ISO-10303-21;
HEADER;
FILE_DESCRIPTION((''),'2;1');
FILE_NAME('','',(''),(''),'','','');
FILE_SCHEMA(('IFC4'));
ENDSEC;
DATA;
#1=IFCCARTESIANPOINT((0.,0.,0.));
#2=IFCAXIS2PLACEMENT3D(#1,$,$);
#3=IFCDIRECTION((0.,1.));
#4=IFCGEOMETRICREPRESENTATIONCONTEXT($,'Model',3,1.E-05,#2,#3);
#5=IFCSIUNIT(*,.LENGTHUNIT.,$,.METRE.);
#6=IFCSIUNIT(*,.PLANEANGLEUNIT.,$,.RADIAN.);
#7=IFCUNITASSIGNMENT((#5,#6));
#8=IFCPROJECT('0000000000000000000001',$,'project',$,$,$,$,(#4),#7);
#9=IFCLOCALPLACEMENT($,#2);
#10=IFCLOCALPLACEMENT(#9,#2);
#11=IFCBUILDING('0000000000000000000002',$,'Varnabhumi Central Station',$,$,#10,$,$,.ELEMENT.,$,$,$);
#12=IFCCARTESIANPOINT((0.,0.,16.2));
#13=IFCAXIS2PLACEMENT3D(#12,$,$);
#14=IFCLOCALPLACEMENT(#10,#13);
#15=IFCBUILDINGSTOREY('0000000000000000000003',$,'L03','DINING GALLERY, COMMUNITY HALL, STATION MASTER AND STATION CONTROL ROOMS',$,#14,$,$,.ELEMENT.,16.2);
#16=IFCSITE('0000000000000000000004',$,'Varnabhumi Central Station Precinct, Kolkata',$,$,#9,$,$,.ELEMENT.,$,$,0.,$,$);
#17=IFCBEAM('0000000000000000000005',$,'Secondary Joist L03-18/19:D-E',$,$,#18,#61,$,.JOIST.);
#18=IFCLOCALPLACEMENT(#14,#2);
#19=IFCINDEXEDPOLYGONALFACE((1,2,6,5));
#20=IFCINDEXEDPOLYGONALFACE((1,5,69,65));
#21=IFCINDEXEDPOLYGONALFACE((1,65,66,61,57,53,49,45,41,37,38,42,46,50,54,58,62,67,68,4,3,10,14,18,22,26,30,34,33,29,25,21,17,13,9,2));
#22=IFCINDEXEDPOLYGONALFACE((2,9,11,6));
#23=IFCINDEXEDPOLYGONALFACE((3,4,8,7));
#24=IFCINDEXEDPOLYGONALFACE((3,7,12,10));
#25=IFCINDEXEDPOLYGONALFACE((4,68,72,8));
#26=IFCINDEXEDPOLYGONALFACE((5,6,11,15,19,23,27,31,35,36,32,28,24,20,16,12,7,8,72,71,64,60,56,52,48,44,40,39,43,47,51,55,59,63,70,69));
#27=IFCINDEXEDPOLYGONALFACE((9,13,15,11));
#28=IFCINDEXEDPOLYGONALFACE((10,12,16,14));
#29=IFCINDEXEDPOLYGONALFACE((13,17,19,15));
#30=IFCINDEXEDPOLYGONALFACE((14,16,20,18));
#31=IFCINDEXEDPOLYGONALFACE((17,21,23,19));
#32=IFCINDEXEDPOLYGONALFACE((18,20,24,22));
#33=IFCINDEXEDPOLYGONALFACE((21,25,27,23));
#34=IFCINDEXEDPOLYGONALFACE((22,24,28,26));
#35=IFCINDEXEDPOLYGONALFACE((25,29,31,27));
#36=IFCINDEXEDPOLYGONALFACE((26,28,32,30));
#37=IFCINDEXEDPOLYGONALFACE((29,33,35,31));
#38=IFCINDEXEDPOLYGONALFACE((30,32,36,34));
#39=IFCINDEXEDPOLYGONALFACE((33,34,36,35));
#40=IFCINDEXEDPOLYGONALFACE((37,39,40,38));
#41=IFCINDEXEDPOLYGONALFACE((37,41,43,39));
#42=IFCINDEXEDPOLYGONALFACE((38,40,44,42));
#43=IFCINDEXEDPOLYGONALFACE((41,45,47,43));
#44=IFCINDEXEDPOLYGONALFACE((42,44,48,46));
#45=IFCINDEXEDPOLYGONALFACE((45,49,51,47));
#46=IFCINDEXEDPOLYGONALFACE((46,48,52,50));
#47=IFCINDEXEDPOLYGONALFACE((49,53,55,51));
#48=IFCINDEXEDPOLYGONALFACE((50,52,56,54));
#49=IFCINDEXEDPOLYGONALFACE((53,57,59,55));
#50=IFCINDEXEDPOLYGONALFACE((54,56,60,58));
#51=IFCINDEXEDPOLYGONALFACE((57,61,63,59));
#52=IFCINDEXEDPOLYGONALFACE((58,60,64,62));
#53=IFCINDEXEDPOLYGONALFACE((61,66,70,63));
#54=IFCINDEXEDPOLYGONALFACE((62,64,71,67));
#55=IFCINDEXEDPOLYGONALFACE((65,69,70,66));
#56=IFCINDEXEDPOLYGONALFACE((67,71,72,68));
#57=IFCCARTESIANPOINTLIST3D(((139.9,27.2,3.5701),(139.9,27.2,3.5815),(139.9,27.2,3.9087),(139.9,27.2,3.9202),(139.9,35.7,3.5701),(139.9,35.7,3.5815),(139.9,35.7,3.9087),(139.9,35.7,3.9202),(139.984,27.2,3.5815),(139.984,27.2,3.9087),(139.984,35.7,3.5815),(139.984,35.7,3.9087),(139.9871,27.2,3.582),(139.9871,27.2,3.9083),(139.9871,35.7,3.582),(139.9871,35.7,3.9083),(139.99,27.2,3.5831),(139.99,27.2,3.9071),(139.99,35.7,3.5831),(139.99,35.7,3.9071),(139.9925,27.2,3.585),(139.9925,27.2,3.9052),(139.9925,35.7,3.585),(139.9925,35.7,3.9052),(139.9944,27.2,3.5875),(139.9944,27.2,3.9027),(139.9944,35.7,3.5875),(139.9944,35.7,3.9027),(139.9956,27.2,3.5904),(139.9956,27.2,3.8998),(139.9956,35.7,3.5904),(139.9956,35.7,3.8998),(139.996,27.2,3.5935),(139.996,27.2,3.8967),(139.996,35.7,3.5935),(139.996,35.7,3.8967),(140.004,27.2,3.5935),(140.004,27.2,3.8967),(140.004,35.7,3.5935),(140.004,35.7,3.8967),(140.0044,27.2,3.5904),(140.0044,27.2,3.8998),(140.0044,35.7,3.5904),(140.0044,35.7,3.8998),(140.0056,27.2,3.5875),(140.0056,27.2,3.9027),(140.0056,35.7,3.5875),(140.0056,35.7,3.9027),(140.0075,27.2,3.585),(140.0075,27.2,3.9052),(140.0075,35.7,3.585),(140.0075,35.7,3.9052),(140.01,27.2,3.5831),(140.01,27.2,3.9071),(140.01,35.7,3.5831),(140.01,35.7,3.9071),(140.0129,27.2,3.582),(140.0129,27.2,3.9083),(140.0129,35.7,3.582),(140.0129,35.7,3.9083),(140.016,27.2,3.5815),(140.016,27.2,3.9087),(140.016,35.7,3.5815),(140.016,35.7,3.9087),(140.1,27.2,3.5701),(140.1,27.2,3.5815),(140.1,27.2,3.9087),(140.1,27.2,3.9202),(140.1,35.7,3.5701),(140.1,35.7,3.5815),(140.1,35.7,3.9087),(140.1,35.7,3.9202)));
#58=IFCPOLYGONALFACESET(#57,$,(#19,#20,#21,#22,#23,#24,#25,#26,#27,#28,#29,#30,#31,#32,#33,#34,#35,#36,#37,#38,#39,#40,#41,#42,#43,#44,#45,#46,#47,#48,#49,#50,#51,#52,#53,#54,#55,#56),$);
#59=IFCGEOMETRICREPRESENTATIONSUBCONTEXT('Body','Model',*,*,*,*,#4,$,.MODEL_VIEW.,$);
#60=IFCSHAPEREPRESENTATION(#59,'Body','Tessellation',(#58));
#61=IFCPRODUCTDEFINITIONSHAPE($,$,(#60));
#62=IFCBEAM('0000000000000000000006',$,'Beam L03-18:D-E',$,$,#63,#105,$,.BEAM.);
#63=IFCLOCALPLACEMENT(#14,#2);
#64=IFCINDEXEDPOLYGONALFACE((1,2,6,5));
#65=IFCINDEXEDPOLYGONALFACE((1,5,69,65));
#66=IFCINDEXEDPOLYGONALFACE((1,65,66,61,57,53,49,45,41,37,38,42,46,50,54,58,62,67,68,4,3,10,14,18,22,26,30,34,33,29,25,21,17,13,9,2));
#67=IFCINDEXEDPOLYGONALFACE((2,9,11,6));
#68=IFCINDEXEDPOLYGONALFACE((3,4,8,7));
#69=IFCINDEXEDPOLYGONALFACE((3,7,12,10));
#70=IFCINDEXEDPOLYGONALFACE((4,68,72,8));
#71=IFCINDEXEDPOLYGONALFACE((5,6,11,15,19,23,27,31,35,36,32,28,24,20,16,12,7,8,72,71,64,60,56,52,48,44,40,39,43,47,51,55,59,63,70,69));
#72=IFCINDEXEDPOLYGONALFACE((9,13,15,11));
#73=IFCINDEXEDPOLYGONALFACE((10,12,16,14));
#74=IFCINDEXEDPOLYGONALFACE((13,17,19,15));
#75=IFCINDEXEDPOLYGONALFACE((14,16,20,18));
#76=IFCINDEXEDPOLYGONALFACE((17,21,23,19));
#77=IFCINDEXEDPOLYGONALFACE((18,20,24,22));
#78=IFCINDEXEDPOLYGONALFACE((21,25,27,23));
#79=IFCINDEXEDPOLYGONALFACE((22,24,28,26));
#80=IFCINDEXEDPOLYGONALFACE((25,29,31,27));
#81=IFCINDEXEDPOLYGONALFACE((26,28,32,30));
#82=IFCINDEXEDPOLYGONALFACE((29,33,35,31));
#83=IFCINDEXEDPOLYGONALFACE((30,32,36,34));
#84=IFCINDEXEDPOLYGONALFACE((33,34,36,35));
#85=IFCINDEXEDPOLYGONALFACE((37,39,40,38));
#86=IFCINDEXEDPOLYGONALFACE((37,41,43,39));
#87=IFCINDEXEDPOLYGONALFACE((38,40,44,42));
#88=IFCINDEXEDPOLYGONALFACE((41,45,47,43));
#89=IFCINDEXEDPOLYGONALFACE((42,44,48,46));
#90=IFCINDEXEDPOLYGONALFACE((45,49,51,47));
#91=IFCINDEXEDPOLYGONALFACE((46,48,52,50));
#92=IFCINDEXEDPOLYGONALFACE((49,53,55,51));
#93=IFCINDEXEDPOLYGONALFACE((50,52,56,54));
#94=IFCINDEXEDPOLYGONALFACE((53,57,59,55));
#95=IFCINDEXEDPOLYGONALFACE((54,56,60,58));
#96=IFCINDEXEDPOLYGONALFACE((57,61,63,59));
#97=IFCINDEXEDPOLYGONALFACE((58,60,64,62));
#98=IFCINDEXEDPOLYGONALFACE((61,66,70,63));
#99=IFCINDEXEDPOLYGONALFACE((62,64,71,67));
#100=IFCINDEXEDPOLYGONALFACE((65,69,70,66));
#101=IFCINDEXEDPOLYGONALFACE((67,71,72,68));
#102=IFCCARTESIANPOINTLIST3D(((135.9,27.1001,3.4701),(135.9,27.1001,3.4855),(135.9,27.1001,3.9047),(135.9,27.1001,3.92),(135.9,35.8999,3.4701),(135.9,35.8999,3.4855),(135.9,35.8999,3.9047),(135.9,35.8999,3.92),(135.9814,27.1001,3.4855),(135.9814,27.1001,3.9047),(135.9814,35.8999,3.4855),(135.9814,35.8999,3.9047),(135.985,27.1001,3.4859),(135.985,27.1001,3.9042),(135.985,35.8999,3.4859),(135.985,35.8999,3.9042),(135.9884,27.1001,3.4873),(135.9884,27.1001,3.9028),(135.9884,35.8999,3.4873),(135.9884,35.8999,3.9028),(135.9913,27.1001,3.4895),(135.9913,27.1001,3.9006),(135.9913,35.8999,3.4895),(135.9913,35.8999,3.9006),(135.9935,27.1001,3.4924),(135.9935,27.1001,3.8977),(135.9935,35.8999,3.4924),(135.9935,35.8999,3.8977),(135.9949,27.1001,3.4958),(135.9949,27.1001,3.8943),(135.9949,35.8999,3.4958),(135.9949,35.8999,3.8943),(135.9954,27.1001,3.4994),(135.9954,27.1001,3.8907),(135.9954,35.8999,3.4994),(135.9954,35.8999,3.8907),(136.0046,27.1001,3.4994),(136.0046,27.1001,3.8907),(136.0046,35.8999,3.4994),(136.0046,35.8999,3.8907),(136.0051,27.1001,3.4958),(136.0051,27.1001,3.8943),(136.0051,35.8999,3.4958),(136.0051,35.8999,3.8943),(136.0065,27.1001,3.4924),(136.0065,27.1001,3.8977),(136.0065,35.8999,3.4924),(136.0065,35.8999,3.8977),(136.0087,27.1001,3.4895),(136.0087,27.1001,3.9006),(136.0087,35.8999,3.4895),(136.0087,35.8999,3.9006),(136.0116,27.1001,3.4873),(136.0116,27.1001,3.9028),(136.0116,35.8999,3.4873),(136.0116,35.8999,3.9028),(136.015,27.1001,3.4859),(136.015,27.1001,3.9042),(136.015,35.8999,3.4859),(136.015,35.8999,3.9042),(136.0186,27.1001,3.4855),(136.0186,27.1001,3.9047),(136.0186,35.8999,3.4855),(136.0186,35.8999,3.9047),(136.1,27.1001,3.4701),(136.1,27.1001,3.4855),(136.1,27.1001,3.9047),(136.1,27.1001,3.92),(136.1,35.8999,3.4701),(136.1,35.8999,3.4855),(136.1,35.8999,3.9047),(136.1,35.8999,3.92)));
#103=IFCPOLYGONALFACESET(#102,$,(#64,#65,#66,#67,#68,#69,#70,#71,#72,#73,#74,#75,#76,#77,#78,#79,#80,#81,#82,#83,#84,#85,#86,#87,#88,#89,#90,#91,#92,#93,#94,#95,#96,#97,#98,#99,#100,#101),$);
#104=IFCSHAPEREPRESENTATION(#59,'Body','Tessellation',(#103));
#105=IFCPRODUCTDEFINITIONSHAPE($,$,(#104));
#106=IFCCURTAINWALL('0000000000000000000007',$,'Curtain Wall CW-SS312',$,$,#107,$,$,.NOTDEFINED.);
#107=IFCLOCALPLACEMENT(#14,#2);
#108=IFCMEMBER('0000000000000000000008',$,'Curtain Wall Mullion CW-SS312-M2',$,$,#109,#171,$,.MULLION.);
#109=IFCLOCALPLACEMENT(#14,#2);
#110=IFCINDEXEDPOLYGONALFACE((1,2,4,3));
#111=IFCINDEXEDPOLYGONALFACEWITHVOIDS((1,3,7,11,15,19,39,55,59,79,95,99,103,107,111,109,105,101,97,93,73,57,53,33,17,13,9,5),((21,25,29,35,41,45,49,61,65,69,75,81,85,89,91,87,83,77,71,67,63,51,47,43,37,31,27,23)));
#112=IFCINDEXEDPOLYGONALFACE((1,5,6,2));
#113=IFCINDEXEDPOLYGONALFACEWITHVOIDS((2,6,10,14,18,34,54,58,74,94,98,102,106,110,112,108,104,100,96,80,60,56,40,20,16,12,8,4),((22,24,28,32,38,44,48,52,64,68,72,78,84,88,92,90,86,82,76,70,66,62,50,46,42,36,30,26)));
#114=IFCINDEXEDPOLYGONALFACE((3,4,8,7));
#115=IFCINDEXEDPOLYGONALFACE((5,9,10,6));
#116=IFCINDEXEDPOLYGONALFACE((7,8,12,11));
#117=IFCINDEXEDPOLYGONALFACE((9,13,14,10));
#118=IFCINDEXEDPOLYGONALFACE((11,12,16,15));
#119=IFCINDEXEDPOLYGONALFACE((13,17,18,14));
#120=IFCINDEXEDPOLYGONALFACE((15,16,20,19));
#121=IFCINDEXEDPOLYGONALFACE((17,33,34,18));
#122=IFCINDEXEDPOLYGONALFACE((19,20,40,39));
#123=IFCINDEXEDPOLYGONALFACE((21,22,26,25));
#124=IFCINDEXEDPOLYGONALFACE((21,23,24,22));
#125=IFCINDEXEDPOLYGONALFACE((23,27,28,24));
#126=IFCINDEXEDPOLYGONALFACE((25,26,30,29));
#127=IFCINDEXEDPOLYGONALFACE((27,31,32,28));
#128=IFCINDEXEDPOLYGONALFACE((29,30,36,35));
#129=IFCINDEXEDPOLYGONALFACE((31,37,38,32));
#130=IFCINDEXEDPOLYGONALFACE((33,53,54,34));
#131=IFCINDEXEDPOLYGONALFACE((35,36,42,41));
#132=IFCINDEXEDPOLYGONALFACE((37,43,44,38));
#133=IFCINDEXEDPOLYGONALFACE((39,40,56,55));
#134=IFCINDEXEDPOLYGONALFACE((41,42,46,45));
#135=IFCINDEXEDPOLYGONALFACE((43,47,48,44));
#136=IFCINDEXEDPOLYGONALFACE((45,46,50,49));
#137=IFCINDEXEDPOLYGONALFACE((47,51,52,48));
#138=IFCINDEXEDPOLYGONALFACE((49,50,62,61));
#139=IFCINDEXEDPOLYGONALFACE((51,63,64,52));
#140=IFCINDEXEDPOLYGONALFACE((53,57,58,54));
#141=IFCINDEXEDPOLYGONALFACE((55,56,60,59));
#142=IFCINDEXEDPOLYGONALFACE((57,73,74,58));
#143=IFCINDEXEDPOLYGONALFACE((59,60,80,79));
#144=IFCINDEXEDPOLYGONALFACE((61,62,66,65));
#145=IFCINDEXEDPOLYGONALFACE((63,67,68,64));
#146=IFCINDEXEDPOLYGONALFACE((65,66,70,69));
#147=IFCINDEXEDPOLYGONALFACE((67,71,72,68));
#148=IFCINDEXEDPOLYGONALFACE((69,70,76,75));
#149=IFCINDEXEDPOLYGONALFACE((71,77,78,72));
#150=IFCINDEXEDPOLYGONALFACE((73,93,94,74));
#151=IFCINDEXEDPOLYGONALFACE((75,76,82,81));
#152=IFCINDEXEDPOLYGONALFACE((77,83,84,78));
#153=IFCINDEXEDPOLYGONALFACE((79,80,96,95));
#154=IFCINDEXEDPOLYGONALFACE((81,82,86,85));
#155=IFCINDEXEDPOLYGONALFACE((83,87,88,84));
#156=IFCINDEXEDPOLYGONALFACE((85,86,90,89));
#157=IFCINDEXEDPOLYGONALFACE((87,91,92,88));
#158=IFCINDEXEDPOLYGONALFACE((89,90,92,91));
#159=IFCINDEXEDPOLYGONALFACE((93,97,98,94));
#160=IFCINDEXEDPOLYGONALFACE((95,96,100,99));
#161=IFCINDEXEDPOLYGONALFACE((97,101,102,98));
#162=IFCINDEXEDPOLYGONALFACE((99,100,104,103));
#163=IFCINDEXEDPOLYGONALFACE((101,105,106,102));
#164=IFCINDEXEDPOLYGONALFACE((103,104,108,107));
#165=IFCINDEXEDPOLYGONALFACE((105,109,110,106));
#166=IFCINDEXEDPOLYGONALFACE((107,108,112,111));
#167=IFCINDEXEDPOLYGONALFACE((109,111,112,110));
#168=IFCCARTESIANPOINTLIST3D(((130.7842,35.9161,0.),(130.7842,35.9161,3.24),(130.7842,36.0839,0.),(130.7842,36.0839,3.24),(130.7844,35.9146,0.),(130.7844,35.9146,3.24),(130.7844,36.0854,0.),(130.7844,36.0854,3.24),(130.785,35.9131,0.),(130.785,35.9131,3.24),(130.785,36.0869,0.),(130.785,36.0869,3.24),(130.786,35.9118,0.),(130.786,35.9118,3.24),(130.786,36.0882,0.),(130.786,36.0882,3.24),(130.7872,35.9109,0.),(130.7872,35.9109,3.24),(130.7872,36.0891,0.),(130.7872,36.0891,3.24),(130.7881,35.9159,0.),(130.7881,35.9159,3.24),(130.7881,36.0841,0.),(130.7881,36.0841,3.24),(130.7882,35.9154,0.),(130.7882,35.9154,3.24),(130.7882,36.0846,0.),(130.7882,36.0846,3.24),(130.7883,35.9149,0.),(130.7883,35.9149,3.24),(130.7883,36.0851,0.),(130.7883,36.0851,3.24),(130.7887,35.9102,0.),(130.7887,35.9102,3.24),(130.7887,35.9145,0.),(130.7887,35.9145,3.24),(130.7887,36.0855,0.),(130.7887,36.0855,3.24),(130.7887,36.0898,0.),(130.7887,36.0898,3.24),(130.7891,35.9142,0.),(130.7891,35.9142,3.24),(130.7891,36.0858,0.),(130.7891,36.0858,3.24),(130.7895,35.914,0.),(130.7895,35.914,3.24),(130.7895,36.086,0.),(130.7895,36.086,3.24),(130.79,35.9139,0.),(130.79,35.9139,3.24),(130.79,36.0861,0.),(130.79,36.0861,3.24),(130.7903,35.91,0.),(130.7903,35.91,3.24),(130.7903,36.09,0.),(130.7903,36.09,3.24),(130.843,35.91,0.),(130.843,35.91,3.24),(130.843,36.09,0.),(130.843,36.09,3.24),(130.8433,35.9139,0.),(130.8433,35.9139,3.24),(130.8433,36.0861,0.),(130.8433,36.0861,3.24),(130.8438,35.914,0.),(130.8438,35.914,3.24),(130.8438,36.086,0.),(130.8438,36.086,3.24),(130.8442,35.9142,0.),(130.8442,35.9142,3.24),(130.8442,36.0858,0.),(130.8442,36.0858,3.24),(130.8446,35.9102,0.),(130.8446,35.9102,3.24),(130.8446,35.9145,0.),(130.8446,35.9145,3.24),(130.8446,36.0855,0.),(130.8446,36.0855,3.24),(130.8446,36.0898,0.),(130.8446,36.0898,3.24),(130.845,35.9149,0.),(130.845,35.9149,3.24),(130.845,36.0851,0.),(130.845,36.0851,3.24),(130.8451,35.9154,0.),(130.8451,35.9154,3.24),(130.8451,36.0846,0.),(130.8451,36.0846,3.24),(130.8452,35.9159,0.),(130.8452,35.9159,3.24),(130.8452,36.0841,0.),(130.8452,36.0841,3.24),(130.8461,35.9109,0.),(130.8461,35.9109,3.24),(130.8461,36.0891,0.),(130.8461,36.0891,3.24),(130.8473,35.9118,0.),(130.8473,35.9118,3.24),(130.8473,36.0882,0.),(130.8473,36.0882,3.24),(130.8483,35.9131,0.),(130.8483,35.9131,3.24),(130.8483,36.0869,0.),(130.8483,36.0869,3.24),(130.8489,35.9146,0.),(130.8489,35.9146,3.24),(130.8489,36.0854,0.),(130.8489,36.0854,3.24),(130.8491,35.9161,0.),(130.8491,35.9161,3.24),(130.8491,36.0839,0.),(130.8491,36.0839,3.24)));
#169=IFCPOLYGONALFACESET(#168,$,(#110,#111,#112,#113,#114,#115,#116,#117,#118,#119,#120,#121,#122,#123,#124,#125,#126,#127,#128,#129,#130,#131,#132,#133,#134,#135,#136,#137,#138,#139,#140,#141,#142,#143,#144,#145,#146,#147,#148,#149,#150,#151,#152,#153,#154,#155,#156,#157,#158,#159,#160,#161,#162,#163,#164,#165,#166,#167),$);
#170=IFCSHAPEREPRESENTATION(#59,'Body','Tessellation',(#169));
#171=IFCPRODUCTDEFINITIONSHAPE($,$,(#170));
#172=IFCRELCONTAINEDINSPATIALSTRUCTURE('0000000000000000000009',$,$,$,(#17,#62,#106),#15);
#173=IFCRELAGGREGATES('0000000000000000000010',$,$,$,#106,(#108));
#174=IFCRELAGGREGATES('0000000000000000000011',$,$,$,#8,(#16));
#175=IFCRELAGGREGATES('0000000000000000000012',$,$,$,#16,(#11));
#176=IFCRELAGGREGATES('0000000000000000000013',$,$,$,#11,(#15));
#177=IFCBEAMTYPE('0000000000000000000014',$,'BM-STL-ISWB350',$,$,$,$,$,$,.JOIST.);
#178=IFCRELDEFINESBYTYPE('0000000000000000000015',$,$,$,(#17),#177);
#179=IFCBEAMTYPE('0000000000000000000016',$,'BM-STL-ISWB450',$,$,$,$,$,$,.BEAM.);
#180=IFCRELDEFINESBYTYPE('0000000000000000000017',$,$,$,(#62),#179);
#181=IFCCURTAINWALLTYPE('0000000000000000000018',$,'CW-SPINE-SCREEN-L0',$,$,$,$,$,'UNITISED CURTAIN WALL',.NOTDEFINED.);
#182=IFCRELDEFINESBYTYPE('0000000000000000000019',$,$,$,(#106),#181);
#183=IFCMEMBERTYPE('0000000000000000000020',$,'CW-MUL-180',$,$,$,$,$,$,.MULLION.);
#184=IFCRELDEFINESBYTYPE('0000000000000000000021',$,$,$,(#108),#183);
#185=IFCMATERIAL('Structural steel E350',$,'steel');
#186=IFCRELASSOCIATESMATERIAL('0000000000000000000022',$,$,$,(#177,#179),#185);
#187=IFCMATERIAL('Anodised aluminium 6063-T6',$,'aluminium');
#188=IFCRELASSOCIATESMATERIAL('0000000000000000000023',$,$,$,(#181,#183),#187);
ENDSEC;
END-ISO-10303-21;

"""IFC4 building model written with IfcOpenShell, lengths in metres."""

from ifc_helpers import new_model, si_unit, direction, frame, origin, origin_2d, place, context, subcontext, project, spatial, hollow_rectangle, i_section, extrude, material, material_profile, profile_set, type_object, element, aggregate, save


model = new_model("IFC4")

# Units and contexts
model_context = context("Model", 3, precision=1e-05, world=origin(), true_north=direction((0.0, 1.0)))
body_context = subcontext(model_context, "Body", "Model", "MODEL_VIEW")
ifc_project = project(units=[si_unit("LENGTHUNIT", "METRE"), si_unit("PLANEANGLEUNIT", "RADIAN")], contexts=[model_context])

# Site, building, storey
site_placement = place(None, origin())
site = spatial("IfcSite", under=ifc_project, at=site_placement, Name="Varnabhumi Central Station Precinct, Kolkata", CompositionType="ELEMENT", RefElevation=0.0)
building_placement = place(site_placement, origin())
building = spatial("IfcBuilding", under=site, at=building_placement, Name="Varnabhumi Central Station", CompositionType="ELEMENT")
storey_placement = place(building_placement, frame((0.0, 0.0, 16.2)))
storey = spatial("IfcBuildingStorey", under=building, at=storey_placement, Name="L03", Description="DINING GALLERY, COMMUNITY HALL, STATION MASTER AND STATION CONTROL ROOMS", CompositionType="ELEMENT", Elevation=16.2)

# Beams
ifc_material_1 = material(Name="Structural steel E350", Category="steel")
ifc_material_profile_1 = material_profile(ifc_material_1, i_section(OverallWidth=0.2, OverallDepth=0.3501, WebThickness=0.0081, FlangeThickness=0.0115, FilletRadius=0.012, at=origin_2d()), Name="Structural steel E350", Category="steel")
ifc_profile_set_1 = profile_set([ifc_material_profile_1], Name="Structural steel E350")
beam_type_1 = type_object("IfcBeamType", Name="BM-STL-ISWB350", PredefinedType="JOIST", material=ifc_profile_set_1)
beam_1_placement = place(storey_placement, frame((140.0, 27.2, 3.7451), z_axis=(0.0, 1.0, 0.0), x_axis=(-1.0, 0.0, 0.0)))
element("IfcBeam", 1, at=beam_1_placement, inside=storey, type_object=beam_type_1, Name="Secondary Joist L03-18/19:D-E", PredefinedType="JOIST", context=body_context, shape_type="SweptSolid", body=[
    extrude(i_section(OverallWidth=0.2, OverallDepth=0.3501, WebThickness=0.0081, FlangeThickness=0.0115, FilletRadius=0.012, at=origin_2d()), origin(), (0.0, 0.0, 1.0), 8.5),
])
ifc_material_profile_2 = material_profile(ifc_material_1, i_section(OverallWidth=0.2, OverallDepth=0.45, WebThickness=0.0093, FlangeThickness=0.0154, FilletRadius=0.0139, at=origin_2d()), Name="Structural steel E350", Category="steel")
ifc_profile_set_2 = profile_set([ifc_material_profile_2], Name="Structural steel E350")
beam_type_2 = type_object("IfcBeamType", Name="BM-STL-ISWB450", PredefinedType="BEAM", material=ifc_profile_set_2)
beam_2_placement = place(storey_placement, frame((136.0, 27.1001, 3.6951), z_axis=(0.0, 1.0, 0.0), x_axis=(-1.0, 0.0, 0.0)))
element("IfcBeam", 2, at=beam_2_placement, inside=storey, type_object=beam_type_2, Name="Beam L03-18:D-E", PredefinedType="BEAM", context=body_context, shape_type="SweptSolid", body=[
    extrude(i_section(OverallWidth=0.2, OverallDepth=0.45, WebThickness=0.0093, FlangeThickness=0.0154, FilletRadius=0.0139, at=origin_2d()), origin(), (0.0, 0.0, 1.0), 8.7998),
])

# Curtain wall, member
ifc_material_2 = material(Name="Anodised aluminium 6063-T6", Category="aluminium")
curtain_wall_type_1 = type_object("IfcCurtainWallType", Name="CW-SPINE-SCREEN-L0", ElementType="UNITISED CURTAIN WALL", PredefinedType="NOTDEFINED", material=ifc_material_2)
curtain_wall_1_placement = place(storey_placement, origin())
curtain_wall_1 = element("IfcCurtainWall", 3, at=curtain_wall_1_placement, inside=storey, type_object=curtain_wall_type_1, Name="Curtain Wall CW-SS312", PredefinedType="NOTDEFINED")
ifc_material_profile_3 = material_profile(ifc_material_2, hollow_rectangle(XDim=0.0649, YDim=0.1799, WallThickness=0.0039, InnerFilletRadius=0.002, OuterFilletRadius=0.0061, at=origin_2d()), Name="Anodised aluminium 6063-T6", Category="aluminium")
ifc_profile_set_3 = profile_set([ifc_material_profile_3], Name="Anodised aluminium 6063-T6")
member_type_1 = type_object("IfcMemberType", Name="CW-MUL-180", PredefinedType="MULLION", material=ifc_profile_set_3)
member_1_placement = place(storey_placement, frame((130.8167, 36.0, 0.0), z_axis=(0.0, 0.0, 1.0), x_axis=(1.0, 0.0, 0.0)))
member_1 = element("IfcMember", 4, at=member_1_placement, type_object=member_type_1, Name="Curtain Wall Mullion CW-SS312-M2", PredefinedType="MULLION", context=body_context, shape_type="SweptSolid", body=[
    extrude(hollow_rectangle(XDim=0.0649, YDim=0.1799, WallThickness=0.0039, InnerFilletRadius=0.002, OuterFilletRadius=0.0061, at=origin_2d()), origin(), (0.0, 0.0, 1.0), 3.24),
])

aggregate(curtain_wall_1, [member_1])

save(model, "model.ifc")
